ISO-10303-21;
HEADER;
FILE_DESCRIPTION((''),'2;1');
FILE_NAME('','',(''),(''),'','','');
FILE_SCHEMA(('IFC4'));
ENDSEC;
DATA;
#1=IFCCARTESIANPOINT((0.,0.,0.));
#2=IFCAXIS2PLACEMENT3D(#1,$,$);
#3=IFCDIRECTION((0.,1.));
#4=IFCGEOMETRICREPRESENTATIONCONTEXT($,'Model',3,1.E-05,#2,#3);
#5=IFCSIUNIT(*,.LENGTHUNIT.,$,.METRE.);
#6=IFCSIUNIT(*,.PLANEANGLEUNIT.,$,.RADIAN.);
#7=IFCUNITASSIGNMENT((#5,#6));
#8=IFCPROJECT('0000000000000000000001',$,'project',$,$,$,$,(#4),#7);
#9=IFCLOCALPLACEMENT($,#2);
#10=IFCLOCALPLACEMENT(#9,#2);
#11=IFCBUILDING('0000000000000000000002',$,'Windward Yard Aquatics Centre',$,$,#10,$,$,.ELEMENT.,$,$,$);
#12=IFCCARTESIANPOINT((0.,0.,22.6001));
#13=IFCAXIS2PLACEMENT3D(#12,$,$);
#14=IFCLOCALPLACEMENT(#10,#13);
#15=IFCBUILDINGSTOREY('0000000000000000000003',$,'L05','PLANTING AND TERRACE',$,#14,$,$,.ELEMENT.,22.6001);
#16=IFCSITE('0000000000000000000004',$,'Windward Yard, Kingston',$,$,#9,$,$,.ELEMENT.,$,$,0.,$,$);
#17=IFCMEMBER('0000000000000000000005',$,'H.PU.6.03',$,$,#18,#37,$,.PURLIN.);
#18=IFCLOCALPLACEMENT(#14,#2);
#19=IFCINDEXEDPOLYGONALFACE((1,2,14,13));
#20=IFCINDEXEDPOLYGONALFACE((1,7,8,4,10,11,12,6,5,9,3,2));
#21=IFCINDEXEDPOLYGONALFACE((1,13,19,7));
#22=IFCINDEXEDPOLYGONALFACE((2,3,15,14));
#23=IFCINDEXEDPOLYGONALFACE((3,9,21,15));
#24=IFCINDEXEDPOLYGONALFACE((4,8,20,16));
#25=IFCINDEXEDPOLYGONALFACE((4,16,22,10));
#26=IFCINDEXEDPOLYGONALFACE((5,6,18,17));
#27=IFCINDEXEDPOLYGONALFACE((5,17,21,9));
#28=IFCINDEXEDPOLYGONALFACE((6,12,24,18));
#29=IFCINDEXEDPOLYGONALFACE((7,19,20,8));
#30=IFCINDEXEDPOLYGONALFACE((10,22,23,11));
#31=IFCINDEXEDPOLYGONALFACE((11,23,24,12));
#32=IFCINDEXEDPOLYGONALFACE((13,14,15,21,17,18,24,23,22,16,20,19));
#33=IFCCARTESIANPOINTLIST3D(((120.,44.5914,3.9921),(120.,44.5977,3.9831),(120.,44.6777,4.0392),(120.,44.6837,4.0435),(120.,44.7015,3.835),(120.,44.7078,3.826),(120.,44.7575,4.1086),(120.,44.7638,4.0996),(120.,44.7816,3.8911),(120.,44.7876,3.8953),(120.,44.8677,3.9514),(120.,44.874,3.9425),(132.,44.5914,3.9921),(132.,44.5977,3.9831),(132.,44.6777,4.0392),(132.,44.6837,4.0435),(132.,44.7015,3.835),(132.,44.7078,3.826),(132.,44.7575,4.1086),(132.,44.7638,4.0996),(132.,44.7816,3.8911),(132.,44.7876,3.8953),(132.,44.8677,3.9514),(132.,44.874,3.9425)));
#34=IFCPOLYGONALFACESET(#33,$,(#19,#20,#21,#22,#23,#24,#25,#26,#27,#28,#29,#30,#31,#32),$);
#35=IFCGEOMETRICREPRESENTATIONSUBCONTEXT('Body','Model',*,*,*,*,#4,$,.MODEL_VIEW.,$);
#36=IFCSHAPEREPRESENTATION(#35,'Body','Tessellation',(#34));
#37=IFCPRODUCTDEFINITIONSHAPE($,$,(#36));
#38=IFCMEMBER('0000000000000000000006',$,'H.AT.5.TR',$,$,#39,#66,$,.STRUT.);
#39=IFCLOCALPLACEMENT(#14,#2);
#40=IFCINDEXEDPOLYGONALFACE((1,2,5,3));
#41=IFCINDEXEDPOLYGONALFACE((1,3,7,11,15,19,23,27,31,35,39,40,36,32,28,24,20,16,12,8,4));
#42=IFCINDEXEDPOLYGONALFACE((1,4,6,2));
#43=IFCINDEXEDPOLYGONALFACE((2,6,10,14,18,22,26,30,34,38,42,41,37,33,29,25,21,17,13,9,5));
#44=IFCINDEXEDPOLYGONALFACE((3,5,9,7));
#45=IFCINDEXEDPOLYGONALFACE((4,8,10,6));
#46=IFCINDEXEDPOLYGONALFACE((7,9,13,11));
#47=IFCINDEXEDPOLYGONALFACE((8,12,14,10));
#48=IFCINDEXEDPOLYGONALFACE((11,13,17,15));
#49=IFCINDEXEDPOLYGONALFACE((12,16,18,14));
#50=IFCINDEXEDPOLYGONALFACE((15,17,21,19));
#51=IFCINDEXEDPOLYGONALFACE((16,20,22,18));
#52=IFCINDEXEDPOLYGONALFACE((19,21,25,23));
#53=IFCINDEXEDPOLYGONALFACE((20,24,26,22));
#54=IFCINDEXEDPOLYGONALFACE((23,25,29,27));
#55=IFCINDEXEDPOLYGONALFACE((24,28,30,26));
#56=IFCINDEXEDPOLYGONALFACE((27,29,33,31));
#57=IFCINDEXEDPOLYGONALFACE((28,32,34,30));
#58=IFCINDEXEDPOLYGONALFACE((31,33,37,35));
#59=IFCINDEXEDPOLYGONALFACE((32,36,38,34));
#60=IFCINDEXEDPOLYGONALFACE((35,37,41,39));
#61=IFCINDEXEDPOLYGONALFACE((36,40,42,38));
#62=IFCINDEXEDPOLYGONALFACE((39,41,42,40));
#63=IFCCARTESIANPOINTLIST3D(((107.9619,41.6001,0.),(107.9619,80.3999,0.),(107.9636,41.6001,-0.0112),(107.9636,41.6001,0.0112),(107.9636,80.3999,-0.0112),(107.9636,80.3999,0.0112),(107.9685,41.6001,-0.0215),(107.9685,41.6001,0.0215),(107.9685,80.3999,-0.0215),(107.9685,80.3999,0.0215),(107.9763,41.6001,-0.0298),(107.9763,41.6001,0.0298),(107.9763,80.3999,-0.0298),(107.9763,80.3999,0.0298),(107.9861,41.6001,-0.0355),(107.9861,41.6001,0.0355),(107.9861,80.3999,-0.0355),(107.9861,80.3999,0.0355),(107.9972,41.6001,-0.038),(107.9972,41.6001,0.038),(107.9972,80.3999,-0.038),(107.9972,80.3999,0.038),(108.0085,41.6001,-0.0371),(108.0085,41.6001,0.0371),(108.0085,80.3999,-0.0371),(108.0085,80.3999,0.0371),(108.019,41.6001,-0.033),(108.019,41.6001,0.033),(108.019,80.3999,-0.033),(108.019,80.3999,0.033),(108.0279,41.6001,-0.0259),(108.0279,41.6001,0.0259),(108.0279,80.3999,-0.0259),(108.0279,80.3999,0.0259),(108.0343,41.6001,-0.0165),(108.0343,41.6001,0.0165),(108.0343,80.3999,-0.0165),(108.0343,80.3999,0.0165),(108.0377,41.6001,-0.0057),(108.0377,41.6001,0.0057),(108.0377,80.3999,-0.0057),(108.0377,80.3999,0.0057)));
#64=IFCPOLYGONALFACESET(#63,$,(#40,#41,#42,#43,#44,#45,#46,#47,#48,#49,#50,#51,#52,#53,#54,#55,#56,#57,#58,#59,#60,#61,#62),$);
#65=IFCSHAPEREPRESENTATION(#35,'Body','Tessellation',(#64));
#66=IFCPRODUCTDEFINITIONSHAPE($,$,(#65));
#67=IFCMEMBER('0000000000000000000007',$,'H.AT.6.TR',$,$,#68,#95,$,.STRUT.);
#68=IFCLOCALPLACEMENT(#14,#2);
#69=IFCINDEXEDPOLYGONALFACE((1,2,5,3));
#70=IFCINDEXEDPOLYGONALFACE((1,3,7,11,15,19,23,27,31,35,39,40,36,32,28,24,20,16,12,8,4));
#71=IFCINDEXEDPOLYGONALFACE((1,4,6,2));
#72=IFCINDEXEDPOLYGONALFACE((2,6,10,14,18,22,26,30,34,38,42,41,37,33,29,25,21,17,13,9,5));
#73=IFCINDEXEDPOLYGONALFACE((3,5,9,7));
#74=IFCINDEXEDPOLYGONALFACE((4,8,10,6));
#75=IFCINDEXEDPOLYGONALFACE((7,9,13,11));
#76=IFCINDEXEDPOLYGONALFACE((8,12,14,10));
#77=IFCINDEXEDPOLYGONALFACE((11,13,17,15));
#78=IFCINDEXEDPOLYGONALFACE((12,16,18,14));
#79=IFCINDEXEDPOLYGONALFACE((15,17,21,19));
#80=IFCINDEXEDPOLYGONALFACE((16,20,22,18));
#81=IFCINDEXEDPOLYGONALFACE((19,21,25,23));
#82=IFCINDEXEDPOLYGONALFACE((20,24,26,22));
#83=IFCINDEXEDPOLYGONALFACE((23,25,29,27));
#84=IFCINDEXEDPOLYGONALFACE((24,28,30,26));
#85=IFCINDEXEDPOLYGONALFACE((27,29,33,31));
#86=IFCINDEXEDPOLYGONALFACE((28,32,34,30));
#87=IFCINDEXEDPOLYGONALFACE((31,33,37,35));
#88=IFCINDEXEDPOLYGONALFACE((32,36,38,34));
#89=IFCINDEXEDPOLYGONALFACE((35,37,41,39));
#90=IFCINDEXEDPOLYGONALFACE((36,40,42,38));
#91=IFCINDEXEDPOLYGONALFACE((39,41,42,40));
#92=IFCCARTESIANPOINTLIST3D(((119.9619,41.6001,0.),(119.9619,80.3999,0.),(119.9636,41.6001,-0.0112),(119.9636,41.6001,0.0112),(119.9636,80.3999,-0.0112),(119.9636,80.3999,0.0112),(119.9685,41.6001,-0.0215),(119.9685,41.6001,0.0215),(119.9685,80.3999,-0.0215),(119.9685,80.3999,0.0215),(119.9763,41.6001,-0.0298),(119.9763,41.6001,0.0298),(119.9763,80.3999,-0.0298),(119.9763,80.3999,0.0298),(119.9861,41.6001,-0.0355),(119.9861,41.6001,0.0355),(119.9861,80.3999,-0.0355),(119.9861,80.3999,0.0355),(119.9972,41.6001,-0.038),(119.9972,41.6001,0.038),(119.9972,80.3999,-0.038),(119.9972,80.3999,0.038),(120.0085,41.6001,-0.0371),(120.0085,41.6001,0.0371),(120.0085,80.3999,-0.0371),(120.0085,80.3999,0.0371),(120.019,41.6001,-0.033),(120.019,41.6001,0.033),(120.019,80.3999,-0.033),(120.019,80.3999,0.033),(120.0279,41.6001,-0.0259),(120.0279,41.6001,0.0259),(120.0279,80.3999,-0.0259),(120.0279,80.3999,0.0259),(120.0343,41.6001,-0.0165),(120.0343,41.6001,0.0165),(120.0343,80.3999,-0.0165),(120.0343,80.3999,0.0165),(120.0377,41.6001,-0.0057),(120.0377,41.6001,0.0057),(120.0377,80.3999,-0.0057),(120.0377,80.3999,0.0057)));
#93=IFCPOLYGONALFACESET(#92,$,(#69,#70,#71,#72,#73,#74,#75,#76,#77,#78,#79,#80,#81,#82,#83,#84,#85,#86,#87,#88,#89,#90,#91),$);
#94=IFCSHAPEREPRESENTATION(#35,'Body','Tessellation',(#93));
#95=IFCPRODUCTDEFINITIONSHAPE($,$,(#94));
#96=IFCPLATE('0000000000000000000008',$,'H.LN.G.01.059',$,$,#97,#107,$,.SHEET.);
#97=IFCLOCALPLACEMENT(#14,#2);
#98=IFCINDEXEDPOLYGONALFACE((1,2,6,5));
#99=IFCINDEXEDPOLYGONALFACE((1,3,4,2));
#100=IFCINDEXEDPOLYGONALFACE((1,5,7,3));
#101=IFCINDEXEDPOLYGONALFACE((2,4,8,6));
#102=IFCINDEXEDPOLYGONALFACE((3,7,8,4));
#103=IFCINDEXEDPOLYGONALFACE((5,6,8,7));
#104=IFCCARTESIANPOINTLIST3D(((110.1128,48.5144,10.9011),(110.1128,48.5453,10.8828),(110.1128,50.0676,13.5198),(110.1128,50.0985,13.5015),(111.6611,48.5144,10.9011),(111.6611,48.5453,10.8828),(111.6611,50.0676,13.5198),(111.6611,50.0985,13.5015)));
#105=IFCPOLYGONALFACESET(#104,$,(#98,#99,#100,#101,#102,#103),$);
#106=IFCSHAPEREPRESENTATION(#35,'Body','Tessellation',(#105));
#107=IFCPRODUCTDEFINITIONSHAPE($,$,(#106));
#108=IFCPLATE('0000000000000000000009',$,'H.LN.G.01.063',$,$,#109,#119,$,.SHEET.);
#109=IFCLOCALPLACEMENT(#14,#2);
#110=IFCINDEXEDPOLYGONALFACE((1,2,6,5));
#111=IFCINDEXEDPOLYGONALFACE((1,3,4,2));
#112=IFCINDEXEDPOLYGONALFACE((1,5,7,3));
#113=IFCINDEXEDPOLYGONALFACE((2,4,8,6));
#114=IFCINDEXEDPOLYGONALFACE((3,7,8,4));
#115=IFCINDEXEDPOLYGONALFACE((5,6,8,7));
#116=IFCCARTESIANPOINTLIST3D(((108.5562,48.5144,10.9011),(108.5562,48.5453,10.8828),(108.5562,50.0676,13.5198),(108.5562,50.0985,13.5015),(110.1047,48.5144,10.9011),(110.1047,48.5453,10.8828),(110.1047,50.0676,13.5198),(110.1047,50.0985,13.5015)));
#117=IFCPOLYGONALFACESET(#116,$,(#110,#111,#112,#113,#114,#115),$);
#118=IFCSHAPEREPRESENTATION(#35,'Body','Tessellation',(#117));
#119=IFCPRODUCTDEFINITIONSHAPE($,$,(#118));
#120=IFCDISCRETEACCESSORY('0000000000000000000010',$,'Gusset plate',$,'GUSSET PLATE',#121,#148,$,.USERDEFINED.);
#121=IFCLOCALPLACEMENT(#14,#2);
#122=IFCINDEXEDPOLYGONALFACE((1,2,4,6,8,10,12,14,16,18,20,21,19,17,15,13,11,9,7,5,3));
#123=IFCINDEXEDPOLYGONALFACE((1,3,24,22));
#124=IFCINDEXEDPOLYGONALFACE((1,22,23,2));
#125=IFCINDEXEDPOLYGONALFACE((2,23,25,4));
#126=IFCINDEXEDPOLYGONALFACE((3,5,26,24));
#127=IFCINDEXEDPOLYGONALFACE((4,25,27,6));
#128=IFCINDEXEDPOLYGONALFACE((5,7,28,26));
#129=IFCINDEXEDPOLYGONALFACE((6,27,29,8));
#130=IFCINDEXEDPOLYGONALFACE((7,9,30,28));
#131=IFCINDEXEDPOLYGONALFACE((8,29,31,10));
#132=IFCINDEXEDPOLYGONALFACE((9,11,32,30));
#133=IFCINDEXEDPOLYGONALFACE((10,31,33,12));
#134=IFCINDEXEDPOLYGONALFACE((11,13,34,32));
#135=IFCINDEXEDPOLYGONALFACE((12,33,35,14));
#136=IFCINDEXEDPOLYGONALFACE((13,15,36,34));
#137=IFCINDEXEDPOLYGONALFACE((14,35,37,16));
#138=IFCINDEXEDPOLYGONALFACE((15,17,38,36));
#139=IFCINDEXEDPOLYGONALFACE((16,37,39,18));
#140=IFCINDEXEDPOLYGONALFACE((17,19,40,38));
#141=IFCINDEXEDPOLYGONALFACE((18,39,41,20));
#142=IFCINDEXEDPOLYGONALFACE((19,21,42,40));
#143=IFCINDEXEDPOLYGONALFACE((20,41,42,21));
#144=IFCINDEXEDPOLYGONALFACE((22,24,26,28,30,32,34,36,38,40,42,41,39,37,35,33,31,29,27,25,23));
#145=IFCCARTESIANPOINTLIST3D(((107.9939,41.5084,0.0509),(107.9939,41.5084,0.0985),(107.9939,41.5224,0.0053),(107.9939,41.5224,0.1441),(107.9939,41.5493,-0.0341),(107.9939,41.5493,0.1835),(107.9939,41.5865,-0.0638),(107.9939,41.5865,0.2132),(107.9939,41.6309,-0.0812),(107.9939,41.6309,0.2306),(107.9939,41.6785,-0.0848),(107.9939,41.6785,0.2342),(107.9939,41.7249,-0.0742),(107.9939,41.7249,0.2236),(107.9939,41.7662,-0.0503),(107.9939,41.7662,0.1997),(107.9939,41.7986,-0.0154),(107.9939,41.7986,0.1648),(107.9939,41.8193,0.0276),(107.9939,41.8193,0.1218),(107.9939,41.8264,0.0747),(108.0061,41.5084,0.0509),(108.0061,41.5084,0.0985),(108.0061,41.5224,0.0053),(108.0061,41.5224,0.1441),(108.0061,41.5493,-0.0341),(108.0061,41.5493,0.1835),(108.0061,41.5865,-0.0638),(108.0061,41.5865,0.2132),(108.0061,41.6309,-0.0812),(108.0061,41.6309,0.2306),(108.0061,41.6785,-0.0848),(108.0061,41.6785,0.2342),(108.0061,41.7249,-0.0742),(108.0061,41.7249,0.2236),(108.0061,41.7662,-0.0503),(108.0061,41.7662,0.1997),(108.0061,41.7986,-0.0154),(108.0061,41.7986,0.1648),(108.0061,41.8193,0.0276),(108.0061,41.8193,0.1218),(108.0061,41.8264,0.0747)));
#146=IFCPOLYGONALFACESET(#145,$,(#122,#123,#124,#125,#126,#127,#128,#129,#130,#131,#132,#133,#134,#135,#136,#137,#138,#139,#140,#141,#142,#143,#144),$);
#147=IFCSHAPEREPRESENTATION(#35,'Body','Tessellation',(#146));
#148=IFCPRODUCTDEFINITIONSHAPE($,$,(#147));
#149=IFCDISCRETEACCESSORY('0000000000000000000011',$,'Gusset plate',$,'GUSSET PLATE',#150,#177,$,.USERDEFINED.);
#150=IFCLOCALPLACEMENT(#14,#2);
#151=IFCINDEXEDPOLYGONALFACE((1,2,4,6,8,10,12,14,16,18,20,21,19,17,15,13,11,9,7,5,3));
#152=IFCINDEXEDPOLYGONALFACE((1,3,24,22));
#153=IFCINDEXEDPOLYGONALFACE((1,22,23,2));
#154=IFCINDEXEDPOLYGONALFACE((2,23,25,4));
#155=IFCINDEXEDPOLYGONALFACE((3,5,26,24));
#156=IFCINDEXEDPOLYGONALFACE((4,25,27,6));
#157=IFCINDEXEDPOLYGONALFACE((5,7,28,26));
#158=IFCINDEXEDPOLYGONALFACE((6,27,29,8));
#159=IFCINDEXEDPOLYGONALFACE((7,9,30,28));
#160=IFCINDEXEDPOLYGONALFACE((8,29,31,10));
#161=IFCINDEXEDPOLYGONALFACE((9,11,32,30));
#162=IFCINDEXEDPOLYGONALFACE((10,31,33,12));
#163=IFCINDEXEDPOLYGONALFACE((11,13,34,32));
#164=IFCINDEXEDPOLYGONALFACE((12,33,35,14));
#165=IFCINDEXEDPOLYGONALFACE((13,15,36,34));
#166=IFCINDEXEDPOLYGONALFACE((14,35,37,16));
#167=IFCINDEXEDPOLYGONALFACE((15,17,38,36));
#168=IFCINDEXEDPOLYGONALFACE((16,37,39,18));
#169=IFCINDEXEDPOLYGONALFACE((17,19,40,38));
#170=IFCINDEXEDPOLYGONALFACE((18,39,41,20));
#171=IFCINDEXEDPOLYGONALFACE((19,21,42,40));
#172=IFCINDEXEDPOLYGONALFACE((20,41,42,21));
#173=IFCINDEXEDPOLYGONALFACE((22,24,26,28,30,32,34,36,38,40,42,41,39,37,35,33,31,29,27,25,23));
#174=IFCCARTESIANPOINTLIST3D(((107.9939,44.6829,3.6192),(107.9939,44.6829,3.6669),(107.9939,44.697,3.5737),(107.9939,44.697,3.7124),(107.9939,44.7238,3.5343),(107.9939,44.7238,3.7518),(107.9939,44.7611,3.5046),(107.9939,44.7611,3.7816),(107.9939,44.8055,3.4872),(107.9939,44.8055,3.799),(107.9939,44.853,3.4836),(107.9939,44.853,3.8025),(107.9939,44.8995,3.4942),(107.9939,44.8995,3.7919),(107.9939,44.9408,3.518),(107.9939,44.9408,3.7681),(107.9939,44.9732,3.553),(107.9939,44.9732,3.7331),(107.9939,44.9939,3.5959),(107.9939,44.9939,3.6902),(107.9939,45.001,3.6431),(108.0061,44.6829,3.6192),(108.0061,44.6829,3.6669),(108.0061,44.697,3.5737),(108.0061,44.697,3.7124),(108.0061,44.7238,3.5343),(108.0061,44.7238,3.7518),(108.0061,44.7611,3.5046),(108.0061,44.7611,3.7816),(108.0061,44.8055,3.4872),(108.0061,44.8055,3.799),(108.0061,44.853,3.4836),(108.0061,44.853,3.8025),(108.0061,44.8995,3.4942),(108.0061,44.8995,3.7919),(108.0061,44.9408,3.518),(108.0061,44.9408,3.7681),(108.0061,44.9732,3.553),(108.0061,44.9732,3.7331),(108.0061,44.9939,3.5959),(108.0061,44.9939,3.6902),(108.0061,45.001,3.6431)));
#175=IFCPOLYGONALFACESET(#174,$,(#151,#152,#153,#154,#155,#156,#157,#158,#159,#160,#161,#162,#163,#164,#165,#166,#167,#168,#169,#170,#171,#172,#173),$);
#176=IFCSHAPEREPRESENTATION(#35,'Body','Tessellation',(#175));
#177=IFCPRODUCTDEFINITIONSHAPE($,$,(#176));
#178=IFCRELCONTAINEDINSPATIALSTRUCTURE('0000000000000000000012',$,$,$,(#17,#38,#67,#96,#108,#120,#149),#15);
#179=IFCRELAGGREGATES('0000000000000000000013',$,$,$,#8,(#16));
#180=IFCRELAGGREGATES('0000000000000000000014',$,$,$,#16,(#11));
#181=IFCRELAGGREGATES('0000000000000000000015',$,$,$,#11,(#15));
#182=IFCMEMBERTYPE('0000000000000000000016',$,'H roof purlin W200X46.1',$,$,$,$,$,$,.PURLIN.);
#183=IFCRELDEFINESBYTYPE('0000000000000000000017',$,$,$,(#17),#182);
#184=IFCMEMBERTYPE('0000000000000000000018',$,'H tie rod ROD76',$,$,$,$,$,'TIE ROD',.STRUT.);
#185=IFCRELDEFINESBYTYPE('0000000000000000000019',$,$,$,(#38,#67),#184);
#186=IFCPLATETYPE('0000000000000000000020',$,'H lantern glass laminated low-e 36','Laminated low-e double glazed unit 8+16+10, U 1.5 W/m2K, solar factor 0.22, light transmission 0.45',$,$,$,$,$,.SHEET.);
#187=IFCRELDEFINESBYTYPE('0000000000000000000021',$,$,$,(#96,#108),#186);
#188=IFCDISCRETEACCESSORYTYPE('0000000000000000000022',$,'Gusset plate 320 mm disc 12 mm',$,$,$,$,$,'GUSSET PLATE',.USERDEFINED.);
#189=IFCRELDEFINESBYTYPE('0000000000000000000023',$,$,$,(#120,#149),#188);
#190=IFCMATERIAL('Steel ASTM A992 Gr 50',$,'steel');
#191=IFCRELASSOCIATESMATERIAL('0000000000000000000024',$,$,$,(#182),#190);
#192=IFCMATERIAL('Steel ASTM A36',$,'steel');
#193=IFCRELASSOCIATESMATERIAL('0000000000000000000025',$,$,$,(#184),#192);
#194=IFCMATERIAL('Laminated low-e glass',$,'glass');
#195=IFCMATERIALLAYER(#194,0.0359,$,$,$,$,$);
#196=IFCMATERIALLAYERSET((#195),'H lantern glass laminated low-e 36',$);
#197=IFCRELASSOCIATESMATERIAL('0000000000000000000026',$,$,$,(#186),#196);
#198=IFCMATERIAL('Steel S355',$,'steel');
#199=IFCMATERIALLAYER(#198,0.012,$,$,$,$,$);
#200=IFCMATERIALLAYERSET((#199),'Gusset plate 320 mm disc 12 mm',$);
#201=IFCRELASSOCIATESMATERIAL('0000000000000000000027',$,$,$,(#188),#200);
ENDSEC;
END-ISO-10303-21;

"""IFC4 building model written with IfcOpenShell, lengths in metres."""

from ifc_helpers import new_model, si_unit, direction, frame, origin, origin_2d, place, context, subcontext, project, spatial, polyline, circle, i_section, outline, extrude, material, layer, layer_set, material_profile, profile_set, type_object, element, save


model = new_model("IFC4")

# Units and contexts
model_context = context("Model", 3, precision=1e-05, world=origin(), true_north=direction((0.0, 1.0)))
body_context = subcontext(model_context, "Body", "Model", "MODEL_VIEW")
ifc_project = project(units=[si_unit("LENGTHUNIT", "METRE"), si_unit("PLANEANGLEUNIT", "RADIAN")], contexts=[model_context])

# Site, building, storey
site_placement = place(None, origin())
site = spatial("IfcSite", under=ifc_project, at=site_placement, Name="Windward Yard, Kingston", CompositionType="ELEMENT", RefElevation=0.0)
building_placement = place(site_placement, origin())
building = spatial("IfcBuilding", under=site, at=building_placement, Name="Windward Yard Aquatics Centre", CompositionType="ELEMENT")
storey_placement = place(building_placement, frame((0.0, 0.0, 22.6001)))
storey = spatial("IfcBuildingStorey", under=building, at=storey_placement, Name="L05", Description="PLANTING AND TERRACE", CompositionType="ELEMENT", Elevation=22.6001)

# Shared definitions
ifc_material_1 = material(Name="Steel ASTM A992 Gr 50", Category="steel")

# Members
ifc_material_profile_1 = material_profile(ifc_material_1, i_section(OverallWidth=0.2029, OverallDepth=0.2029, WebThickness=0.0073, FlangeThickness=0.011, at=origin_2d()), Name="W200X46.1")
ifc_profile_set_1 = profile_set([ifc_material_profile_1], Name="Steel ASTM A992 Gr 50")
member_type_1 = type_object("IfcMemberType", Name="H roof purlin W200X46.1", PredefinedType="PURLIN", material=ifc_profile_set_1)
for number, where, z_axis, x_axis, name in (
    (1, (120.0, 44.7327, 3.9673), (1.0, 0.0, 0.0), (0.0, 0.818831, 0.574035), "H.PU.6.03"),
):
    element("IfcMember", number, at=place(storey_placement, frame(where, z_axis=z_axis, x_axis=x_axis)), inside=storey, type_object=member_type_1, Name=name, PredefinedType="PURLIN", context=body_context, shape_type="SweptSolid", body=[
        extrude(i_section(OverallWidth=0.2029, OverallDepth=0.2029, WebThickness=0.0073, FlangeThickness=0.011, at=origin_2d()), origin(), (0.0, 0.0, 1.0), 12.0),
    ])
ifc_material_2 = material(Name="Steel ASTM A36", Category="steel")
ifc_material_profile_2 = material_profile(ifc_material_2, circle(Radius=0.0381, at=origin_2d()), Name="ROD76")
ifc_profile_set_2 = profile_set([ifc_material_profile_2], Name="Steel ASTM A36")
member_type_2 = type_object("IfcMemberType", Name="H tie rod ROD76", ElementType="TIE ROD", PredefinedType="STRUT", material=ifc_profile_set_2)
for number, where, z_axis, x_axis, name in (
    (2, (108.0, 41.6001, 0.0), (0.0, 1.0, 0.0), (-1.0, 0.0, 0.0), "H.AT.5.TR"),
    (3, (120.0, 41.6001, 0.0), (0.0, 1.0, 0.0), (-1.0, 0.0, 0.0), "H.AT.6.TR"),
):
    element("IfcMember", number, at=place(storey_placement, frame(where, z_axis=z_axis, x_axis=x_axis)), inside=storey, type_object=member_type_2, Name=name, PredefinedType="STRUT", context=body_context, shape_type="SweptSolid", body=[
        extrude(circle(Radius=0.0381, at=origin_2d()), origin(), (0.0, 0.0, 1.0), 38.7998),
    ])

# Plates
ifc_material_3 = material(Name="Laminated low-e glass", Category="glass")
ifc_layer_1 = layer(ifc_material_3, 0.0359)
ifc_layer_set_1 = layer_set([ifc_layer_1], Name="H lantern glass laminated low-e 36")
plate_type = type_object("IfcPlateType", Name="H lantern glass laminated low-e 36", Description="Laminated low-e double glazed unit 8+16+10, U 1.5 W/m2K, solar factor 0.22, light transmission 0.45", PredefinedType="SHEET", material=ifc_layer_set_1)
plate_1_placement = place(storey_placement, frame((110.1128, 48.5144, 10.9011), z_axis=(0.0, -0.860086, 0.51015), x_axis=(0.0, 0.51015, 0.860086)))
element("IfcPlate", 4, at=plate_1_placement, inside=storey, type_object=plate_type, Name="H.LN.G.01.059", PredefinedType="SHEET", context=body_context, shape_type="SweptSolid", body=[
    extrude(outline(polyline([(0.0, 0.0), (3.0446, 0.0), (3.0446, -1.5483), (0.0, -1.5483), (0.0, 0.0)])), origin(), (0.0, 0.0, -1.0), 0.0359),
])
plate_2_placement = place(storey_placement, frame((108.5562, 48.5144, 10.9011), z_axis=(0.0, -0.860086, 0.51015), x_axis=(0.0, 0.51015, 0.860086)))
element("IfcPlate", 5, at=plate_2_placement, inside=storey, type_object=plate_type, Name="H.LN.G.01.063", PredefinedType="SHEET", context=body_context, shape_type="SweptSolid", body=[
    extrude(outline(polyline([(0.0, 0.0), (3.0446, 0.0), (3.0446, -1.5486), (0.0, -1.5486), (0.0, 0.0)])), origin(), (0.0, 0.0, -1.0), 0.0359),
])

# Discrete accessories
ifc_material_4 = material(Name="Steel S355", Category="steel")
ifc_layer_2 = layer(ifc_material_4, 0.012)
ifc_layer_set_2 = layer_set([ifc_layer_2], Name="Gusset plate 320 mm disc 12 mm")
discrete_accessory_type = type_object("IfcDiscreteAccessoryType", Name="Gusset plate 320 mm disc 12 mm", ElementType="GUSSET PLATE", PredefinedType="USERDEFINED", material=ifc_layer_set_2)
for number, where, z_axis, x_axis, name in (
    (6, (107.9939, 41.6665, 0.0747), (1.0, 0.0, 0.0), (0.0, 1.0, 0.0), "Gusset plate"),
    (7, (107.9939, 44.8411, 3.6431), (1.0, 0.0, 0.0), (0.0, 1.0, 0.0), "Gusset plate"),
):
    element("IfcDiscreteAccessory", number, at=place(storey_placement, frame(where, z_axis=z_axis, x_axis=x_axis)), inside=storey, type_object=discrete_accessory_type, Name=name, ObjectType="GUSSET PLATE", PredefinedType="USERDEFINED", context=body_context, shape_type="SweptSolid", body=[
        extrude(circle(Radius=0.1599, at=origin_2d()), origin(), (0.0, 0.0, 1.0), 0.0122),
    ])

save(model, "model.ifc")
